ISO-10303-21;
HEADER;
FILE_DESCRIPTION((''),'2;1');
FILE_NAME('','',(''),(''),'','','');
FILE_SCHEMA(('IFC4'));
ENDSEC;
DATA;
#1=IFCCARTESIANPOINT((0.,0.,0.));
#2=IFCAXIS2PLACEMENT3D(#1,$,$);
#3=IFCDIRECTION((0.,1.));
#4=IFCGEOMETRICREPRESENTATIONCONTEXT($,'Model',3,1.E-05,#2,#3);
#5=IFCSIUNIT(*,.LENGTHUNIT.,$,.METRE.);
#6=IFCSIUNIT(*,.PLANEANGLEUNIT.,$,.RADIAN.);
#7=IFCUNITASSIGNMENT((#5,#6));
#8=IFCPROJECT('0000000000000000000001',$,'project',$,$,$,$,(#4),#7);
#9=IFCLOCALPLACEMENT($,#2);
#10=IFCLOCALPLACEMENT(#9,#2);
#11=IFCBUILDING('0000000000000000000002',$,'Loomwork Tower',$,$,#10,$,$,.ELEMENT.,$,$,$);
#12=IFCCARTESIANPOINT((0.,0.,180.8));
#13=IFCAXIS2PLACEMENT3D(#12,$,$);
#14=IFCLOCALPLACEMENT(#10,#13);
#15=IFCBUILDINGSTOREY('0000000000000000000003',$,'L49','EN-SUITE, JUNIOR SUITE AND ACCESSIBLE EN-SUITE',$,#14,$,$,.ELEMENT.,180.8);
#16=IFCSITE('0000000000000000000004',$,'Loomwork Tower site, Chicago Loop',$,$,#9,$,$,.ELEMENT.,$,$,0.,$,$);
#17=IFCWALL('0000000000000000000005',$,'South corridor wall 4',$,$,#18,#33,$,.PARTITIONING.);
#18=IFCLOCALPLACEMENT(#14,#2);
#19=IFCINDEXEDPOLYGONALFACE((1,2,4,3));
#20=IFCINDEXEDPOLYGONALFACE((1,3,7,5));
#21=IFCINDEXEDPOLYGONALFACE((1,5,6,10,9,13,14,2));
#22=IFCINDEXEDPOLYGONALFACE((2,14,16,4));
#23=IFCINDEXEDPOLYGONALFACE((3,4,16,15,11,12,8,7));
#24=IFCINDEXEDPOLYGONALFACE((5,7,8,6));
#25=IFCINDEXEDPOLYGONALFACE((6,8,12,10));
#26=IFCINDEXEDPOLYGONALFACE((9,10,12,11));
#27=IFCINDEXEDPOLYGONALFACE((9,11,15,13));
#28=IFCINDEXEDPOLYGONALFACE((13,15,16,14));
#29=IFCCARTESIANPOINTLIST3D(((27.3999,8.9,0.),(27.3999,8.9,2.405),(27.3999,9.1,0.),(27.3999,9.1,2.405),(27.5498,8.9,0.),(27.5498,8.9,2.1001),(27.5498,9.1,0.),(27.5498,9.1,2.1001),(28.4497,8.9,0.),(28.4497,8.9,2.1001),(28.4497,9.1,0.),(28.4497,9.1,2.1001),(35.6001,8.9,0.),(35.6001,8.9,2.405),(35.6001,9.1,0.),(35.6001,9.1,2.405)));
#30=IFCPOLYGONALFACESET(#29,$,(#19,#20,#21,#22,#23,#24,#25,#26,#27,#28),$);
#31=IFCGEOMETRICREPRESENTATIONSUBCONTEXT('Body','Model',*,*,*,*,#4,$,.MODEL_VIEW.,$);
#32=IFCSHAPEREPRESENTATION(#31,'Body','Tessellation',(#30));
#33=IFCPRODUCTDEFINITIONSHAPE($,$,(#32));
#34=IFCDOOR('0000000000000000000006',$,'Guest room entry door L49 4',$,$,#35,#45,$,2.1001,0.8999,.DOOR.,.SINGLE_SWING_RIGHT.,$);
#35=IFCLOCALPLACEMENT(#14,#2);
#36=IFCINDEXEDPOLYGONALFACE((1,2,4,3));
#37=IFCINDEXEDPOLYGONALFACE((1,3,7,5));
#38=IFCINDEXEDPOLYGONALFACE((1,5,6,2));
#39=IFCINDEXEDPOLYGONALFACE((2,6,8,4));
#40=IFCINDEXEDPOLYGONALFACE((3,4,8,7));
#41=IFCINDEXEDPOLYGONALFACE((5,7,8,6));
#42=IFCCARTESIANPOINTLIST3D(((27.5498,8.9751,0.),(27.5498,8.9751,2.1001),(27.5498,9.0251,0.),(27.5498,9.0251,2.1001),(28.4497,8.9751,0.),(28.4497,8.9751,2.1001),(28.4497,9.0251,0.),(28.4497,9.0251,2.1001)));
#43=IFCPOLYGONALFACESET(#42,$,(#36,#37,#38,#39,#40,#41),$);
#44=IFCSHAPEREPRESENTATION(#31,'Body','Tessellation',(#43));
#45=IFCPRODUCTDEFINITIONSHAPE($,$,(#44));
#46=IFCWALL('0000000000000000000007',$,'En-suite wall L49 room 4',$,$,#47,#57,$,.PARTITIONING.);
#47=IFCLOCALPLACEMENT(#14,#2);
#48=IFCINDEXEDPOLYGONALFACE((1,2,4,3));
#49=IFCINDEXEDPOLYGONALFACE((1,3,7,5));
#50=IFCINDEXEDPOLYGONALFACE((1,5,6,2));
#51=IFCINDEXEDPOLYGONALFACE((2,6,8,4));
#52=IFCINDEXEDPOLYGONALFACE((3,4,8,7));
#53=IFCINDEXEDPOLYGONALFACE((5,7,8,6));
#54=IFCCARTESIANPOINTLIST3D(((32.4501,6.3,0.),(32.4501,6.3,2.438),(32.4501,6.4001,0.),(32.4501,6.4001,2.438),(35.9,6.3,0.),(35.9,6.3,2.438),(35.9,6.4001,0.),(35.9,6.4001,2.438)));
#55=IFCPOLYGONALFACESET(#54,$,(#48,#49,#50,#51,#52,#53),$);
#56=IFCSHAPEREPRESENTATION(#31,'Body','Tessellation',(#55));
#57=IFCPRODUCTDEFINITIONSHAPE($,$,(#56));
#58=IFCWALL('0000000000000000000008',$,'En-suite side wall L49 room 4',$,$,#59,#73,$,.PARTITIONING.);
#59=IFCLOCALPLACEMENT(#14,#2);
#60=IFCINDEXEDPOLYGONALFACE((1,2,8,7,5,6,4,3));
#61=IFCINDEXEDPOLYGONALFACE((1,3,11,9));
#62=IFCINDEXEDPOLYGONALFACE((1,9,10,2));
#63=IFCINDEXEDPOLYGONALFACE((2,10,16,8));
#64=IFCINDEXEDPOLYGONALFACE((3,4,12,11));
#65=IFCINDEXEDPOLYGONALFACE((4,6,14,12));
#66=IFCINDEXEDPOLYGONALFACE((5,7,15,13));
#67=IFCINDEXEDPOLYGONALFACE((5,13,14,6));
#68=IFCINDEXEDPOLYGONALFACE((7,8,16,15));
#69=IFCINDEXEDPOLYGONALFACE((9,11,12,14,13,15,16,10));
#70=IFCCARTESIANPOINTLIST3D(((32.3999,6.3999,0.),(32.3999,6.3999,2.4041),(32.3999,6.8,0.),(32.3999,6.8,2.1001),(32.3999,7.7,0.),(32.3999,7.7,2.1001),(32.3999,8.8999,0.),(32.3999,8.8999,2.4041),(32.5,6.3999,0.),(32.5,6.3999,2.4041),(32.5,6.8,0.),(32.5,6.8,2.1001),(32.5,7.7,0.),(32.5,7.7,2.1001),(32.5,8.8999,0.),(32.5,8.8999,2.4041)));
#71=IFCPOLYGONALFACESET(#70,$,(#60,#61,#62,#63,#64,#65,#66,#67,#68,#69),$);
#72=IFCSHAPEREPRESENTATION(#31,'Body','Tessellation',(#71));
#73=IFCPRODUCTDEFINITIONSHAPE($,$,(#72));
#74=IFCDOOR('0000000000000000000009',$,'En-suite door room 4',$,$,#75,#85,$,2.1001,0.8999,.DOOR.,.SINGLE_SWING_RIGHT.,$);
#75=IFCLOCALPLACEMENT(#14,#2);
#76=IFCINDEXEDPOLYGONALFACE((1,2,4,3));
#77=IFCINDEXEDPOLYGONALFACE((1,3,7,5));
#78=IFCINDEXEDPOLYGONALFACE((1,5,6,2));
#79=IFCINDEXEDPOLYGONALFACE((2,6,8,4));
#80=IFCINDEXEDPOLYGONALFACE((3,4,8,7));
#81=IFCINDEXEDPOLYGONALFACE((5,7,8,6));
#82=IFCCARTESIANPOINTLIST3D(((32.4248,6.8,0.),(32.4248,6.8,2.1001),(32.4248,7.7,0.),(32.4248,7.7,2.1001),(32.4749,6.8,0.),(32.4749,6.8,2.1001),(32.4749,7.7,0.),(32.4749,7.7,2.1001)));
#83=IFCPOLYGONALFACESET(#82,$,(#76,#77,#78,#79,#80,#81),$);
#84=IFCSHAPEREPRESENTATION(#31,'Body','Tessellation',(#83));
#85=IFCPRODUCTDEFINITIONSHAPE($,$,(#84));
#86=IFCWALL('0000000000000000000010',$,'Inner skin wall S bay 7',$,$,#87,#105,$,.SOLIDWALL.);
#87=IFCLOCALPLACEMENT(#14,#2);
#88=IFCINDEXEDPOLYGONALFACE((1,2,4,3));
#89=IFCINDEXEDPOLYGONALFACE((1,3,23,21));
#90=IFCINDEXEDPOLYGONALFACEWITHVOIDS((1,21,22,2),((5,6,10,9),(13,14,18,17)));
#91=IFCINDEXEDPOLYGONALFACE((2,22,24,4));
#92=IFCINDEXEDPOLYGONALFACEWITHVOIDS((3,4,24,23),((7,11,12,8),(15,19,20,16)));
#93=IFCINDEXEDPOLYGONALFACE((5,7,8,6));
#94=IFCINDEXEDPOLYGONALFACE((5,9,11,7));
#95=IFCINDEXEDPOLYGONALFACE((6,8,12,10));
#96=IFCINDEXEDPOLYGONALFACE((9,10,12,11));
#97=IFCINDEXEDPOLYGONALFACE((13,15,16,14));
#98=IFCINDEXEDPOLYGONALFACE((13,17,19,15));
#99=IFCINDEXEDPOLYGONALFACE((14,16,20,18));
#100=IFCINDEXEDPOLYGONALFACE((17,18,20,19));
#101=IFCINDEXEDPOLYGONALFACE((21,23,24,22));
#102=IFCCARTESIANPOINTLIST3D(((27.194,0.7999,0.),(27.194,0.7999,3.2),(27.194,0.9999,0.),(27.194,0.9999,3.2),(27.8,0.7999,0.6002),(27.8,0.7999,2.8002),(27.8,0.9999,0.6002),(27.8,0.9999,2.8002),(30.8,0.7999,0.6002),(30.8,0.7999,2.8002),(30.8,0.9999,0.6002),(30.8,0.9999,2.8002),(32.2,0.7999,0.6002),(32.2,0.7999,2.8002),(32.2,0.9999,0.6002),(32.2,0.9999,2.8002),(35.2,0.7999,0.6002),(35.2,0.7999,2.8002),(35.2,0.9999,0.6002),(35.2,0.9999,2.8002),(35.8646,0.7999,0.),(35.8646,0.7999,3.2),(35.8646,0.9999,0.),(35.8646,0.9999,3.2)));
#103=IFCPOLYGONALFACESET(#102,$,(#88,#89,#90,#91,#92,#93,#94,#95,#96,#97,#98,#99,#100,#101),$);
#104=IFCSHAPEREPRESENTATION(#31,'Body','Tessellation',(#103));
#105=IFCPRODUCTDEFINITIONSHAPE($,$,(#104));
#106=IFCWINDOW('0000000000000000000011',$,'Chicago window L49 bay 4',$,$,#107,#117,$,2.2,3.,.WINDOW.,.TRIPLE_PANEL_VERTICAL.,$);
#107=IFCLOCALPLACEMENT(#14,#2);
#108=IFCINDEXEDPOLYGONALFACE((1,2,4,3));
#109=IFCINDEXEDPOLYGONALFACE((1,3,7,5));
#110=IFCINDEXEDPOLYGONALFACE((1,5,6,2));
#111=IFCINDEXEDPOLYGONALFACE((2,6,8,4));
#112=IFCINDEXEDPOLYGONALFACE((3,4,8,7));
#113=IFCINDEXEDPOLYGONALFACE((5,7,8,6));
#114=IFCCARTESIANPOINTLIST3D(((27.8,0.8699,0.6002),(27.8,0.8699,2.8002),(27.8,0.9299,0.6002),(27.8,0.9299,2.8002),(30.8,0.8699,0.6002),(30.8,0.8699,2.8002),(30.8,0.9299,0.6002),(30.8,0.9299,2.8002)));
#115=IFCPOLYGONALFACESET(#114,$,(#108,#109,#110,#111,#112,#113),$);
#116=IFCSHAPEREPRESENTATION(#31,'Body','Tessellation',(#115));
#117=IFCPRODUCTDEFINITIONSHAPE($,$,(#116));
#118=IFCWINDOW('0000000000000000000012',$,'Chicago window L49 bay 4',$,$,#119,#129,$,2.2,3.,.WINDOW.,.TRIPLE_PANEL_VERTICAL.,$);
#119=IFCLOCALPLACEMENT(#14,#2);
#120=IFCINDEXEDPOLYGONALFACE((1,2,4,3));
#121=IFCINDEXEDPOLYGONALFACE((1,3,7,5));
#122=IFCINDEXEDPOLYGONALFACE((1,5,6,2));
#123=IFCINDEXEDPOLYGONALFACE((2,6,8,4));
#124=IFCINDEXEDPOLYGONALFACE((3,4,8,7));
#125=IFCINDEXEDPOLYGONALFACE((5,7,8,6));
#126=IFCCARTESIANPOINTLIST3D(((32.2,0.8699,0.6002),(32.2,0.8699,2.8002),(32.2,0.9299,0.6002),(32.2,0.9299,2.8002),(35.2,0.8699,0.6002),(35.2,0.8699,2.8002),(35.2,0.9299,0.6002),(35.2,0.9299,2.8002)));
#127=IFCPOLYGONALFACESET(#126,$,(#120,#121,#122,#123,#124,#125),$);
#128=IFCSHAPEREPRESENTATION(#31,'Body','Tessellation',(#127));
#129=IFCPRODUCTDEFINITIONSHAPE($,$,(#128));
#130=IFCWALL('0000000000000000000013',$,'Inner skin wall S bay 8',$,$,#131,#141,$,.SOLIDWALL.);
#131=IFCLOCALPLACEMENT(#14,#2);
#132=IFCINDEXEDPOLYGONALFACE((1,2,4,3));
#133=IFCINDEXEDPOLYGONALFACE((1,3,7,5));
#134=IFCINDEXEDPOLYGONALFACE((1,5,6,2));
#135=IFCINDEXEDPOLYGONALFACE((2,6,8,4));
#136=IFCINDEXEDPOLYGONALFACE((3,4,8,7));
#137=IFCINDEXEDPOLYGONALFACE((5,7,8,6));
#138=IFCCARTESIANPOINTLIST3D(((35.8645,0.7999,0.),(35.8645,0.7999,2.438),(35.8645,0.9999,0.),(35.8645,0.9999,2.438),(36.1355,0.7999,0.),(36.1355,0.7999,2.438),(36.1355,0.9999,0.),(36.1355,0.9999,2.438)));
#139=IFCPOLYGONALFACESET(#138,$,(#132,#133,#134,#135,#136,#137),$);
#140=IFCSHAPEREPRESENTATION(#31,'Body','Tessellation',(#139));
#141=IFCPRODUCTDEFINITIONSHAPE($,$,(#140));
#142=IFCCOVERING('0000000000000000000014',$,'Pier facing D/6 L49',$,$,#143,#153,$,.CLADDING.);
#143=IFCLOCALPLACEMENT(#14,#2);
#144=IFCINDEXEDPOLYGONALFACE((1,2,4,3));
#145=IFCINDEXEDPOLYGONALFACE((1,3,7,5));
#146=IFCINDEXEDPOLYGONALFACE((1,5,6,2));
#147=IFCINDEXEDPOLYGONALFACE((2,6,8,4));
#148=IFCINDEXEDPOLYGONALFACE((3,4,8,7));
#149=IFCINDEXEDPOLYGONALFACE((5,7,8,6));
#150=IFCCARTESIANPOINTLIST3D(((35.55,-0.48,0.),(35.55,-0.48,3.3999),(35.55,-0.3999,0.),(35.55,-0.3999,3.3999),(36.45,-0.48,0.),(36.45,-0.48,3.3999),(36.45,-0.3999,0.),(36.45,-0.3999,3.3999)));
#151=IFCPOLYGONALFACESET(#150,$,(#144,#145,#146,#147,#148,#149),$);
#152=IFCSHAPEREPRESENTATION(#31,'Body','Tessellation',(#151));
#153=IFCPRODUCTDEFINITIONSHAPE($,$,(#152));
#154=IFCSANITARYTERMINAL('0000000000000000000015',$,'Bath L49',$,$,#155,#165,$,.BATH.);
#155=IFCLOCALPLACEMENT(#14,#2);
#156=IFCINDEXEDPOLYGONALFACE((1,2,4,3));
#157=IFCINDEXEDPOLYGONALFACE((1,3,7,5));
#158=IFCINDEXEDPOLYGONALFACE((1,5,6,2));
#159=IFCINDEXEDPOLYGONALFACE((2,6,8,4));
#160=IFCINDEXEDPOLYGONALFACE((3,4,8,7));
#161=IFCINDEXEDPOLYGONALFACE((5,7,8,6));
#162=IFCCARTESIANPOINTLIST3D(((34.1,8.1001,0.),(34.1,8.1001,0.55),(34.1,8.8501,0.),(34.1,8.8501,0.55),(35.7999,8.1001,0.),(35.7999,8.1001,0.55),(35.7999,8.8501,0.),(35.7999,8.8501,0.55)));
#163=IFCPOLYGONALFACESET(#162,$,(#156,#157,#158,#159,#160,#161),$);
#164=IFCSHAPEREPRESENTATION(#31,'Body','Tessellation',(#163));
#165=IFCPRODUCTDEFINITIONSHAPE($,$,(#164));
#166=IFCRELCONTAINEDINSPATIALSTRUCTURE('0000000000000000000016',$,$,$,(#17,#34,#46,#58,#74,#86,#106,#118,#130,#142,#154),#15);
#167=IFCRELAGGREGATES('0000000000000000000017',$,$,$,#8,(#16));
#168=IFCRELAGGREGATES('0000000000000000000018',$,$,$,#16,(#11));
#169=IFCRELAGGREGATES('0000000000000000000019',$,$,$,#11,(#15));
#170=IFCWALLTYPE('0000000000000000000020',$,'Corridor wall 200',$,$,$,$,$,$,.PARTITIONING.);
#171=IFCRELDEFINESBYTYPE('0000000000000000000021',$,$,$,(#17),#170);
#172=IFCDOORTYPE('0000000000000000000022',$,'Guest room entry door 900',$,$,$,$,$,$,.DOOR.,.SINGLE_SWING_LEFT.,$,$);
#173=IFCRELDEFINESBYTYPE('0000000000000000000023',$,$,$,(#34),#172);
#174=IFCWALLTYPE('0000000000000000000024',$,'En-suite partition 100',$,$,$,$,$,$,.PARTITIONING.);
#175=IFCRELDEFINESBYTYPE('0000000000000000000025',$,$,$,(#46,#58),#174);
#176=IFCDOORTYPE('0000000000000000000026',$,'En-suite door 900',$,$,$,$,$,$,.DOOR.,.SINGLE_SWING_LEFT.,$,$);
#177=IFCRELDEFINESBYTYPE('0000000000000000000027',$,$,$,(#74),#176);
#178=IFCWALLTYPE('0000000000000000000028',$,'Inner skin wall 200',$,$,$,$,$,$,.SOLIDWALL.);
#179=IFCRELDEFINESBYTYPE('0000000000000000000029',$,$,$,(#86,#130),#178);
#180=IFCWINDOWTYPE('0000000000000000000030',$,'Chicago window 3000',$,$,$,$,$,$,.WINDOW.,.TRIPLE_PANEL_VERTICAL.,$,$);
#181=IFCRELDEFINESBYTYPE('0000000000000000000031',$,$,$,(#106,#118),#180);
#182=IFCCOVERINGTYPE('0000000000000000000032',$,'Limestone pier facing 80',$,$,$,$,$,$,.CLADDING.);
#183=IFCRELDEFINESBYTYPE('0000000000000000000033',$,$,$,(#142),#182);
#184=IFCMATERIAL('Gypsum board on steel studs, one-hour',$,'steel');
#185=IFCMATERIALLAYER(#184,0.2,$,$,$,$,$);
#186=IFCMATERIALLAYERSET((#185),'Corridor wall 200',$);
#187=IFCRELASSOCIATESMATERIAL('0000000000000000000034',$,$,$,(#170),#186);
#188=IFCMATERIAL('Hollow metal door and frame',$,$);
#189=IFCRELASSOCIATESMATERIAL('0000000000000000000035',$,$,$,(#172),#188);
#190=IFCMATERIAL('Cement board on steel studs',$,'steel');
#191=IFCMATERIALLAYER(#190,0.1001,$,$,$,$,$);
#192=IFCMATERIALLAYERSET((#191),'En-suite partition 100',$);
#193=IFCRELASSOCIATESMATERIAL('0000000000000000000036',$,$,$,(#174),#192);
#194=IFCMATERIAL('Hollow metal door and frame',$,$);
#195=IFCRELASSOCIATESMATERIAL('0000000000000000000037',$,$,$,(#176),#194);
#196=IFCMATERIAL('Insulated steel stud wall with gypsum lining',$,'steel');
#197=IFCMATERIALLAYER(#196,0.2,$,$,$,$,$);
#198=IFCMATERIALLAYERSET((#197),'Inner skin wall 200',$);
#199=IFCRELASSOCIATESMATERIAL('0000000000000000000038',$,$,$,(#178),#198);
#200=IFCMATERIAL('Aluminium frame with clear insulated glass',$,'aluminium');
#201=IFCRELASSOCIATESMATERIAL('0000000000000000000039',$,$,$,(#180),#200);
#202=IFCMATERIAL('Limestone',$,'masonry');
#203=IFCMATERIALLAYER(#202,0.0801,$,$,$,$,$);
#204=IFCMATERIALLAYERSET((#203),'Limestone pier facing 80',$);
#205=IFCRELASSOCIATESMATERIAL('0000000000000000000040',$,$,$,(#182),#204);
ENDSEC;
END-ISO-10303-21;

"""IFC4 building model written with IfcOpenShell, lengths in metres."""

from ifc_helpers import new_model, si_unit, direction, frame, frame_2d, origin, origin_2d, place, context, subcontext, project, spatial, rectangle, extrude, material, layer, layer_set, type_object, element, fill, save


model = new_model("IFC4")

# Units and contexts
model_context = context("Model", 3, precision=1e-05, world=origin(), true_north=direction((0.0, 1.0)))
body_context = subcontext(model_context, "Body", "Model", "MODEL_VIEW")
ifc_project = project(units=[si_unit("LENGTHUNIT", "METRE"), si_unit("PLANEANGLEUNIT", "RADIAN")], contexts=[model_context])

# Site, building, storey
site_placement = place(None, origin())
site = spatial("IfcSite", under=ifc_project, at=site_placement, Name="Loomwork Tower site, Chicago Loop", CompositionType="ELEMENT", RefElevation=0.0)
building_placement = place(site_placement, origin())
building = spatial("IfcBuilding", under=site, at=building_placement, Name="Loomwork Tower", CompositionType="ELEMENT")
storey_placement = place(building_placement, frame((0.0, 0.0, 180.8)))
storey = spatial("IfcBuildingStorey", under=building, at=storey_placement, Name="L49", Description="EN-SUITE, JUNIOR SUITE AND ACCESSIBLE EN-SUITE", CompositionType="ELEMENT", Elevation=180.8)

# Wall, opening, door
ifc_material_1 = material(Name="Gypsum board on steel studs, one-hour", Category="steel")
ifc_layer_1 = layer(ifc_material_1, 0.2)
ifc_layer_set_1 = layer_set([ifc_layer_1], Name="Corridor wall 200")
wall_type_1 = type_object("IfcWallType", Name="Corridor wall 200", PredefinedType="PARTITIONING", material=ifc_layer_set_1)
wall_1_placement = place(storey_placement, frame((27.3999, 9.0, 0.0), z_axis=(0.0, 0.0, 1.0), x_axis=(1.0, 0.0, 0.0)))
wall_1 = element("IfcWall", 1, at=wall_1_placement, inside=storey, type_object=wall_type_1, Name="South corridor wall 4", PredefinedType="PARTITIONING", context=body_context, shape_type="SweptSolid", body=[
    extrude(rectangle(XDim=8.2002, YDim=0.2, at=frame_2d((4.1001, 0.0))), origin(), (0.0, 0.0, 1.0), 2.405),
])
opening_1_placement = place(wall_1_placement, frame((0.1499, 0.0, 0.0)))
opening_1 = element("IfcOpeningElement", 2, at=opening_1_placement, cuts=wall_1, PredefinedType="OPENING", context=body_context, shape_type="SweptSolid", body=[
    extrude(rectangle(XDim=0.8999, YDim=2.1001, at=frame_2d((0.45, 1.05))), frame((0.0, 0.1099, 0.0), z_axis=(0.0, -1.0, 0.0), x_axis=(1.0, 0.0, 0.0)), (0.0, 0.0, 1.0), 0.22),
])
ifc_material_2 = material(Name="Hollow metal door and frame")
door_type_1 = type_object("IfcDoorType", Name="Guest room entry door 900", OperationType="SINGLE_SWING_LEFT", PredefinedType="DOOR", material=ifc_material_2)
door_1_placement = place(opening_1_placement, frame((0.8999, 0.0, 0.0), z_axis=(0.0, 0.0, 1.0), x_axis=(-1.0, 0.0, 0.0)))
door_1 = element("IfcDoor", 3, at=door_1_placement, inside=storey, type_object=door_type_1, Name="Guest room entry door L49 4", OperationType="SINGLE_SWING_RIGHT", OverallHeight=2.1001, OverallWidth=0.8999, PredefinedType="DOOR", context=body_context, shape_type="SweptSolid", body=[
    extrude(rectangle(XDim=0.8999, YDim=2.1001, at=frame_2d((0.45, 1.05))), frame((0.0, 0.0249, 0.0), z_axis=(0.0, -1.0, 0.0), x_axis=(1.0, 0.0, 0.0)), (0.0, 0.0, 1.0), 0.05),
])
fill(opening_1, door_1)

# Wall
ifc_material_3 = material(Name="Cement board on steel studs", Category="steel")
ifc_layer_2 = layer(ifc_material_3, 0.1001)
ifc_layer_set_2 = layer_set([ifc_layer_2], Name="En-suite partition 100")
wall_type_2 = type_object("IfcWallType", Name="En-suite partition 100", PredefinedType="PARTITIONING", material=ifc_layer_set_2)
wall_2_placement = place(storey_placement, frame((32.45, 6.3501, 0.0), z_axis=(0.0, 0.0, 1.0), x_axis=(1.0, 0.0, 0.0)))
element("IfcWall", 4, at=wall_2_placement, inside=storey, type_object=wall_type_2, Name="En-suite wall L49 room 4", PredefinedType="PARTITIONING", context=body_context, shape_type="SweptSolid", body=[
    extrude(rectangle(XDim=3.45, YDim=0.1001, at=frame_2d((1.7251, 0.0))), origin(), (0.0, 0.0, 1.0), 2.438),
])

# Wall, opening, door
wall_3_placement = place(storey_placement, frame((32.45, 8.8999, 0.0), z_axis=(0.0, 0.0, 1.0), x_axis=(0.0, -1.0, 0.0)))
wall_3 = element("IfcWall", 5, at=wall_3_placement, inside=storey, type_object=wall_type_2, Name="En-suite side wall L49 room 4", PredefinedType="PARTITIONING", context=body_context, shape_type="SweptSolid", body=[
    extrude(rectangle(XDim=2.5, YDim=0.1001, at=frame_2d((1.25, 0.0))), origin(), (0.0, 0.0, 1.0), 2.4041),
])
opening_2_placement = place(wall_3_placement, frame((1.2, 0.0, 0.0)))
opening_2 = element("IfcOpeningElement", 6, at=opening_2_placement, cuts=wall_3, PredefinedType="OPENING", context=body_context, shape_type="SweptSolid", body=[
    extrude(rectangle(XDim=0.8999, YDim=2.1001, at=frame_2d((0.45, 1.05))), frame((0.0, 0.0601, 0.0), z_axis=(0.0, -1.0, 0.0), x_axis=(1.0, 0.0, 0.0)), (0.0, 0.0, 1.0), 0.1201),
])
ifc_material_4 = material(Name="Hollow metal door and frame")
door_type_2 = type_object("IfcDoorType", Name="En-suite door 900", OperationType="SINGLE_SWING_LEFT", PredefinedType="DOOR", material=ifc_material_4)
door_2_placement = place(opening_2_placement, origin())
door_2 = element("IfcDoor", 7, at=door_2_placement, inside=storey, type_object=door_type_2, Name="En-suite door room 4", OperationType="SINGLE_SWING_RIGHT", OverallHeight=2.1001, OverallWidth=0.8999, PredefinedType="DOOR", context=body_context, shape_type="SweptSolid", body=[
    extrude(rectangle(XDim=0.8999, YDim=2.1001, at=frame_2d((0.45, 1.05))), frame((0.0, 0.0249, 0.0), z_axis=(0.0, -1.0, 0.0), x_axis=(1.0, 0.0, 0.0)), (0.0, 0.0, 1.0), 0.05),
])
fill(opening_2, door_2)

# Wall, openings, windows
ifc_material_5 = material(Name="Insulated steel stud wall with gypsum lining", Category="steel")
ifc_layer_3 = layer(ifc_material_5, 0.2)
ifc_layer_set_3 = layer_set([ifc_layer_3], Name="Inner skin wall 200")
wall_type_3 = type_object("IfcWallType", Name="Inner skin wall 200", PredefinedType="SOLIDWALL", material=ifc_layer_set_3)
wall_4_placement = place(storey_placement, frame((27.1938, 0.8999, 0.0), z_axis=(0.0, 0.0, 1.0), x_axis=(1.0, 0.0, 0.0)))
wall_4 = element("IfcWall", 8, at=wall_4_placement, inside=storey, type_object=wall_type_3, Name="Inner skin wall S bay 7", PredefinedType="SOLIDWALL", context=body_context, shape_type="SweptSolid", body=[
    extrude(rectangle(XDim=8.6707, YDim=0.2, at=frame_2d((4.3354, 0.0))), origin(), (0.0, 0.0, 1.0), 3.2),
])
opening_3_placement = place(wall_4_placement, frame((0.6062, 0.0, 0.6001)))
opening_3 = element("IfcOpeningElement", 9, at=opening_3_placement, cuts=wall_4, PredefinedType="OPENING", context=body_context, shape_type="SweptSolid", body=[
    extrude(rectangle(XDim=3.0, YDim=2.2, at=frame_2d((1.5, 1.1001))), frame((0.0, 0.1099, 0.0), z_axis=(0.0, -1.0, 0.0), x_axis=(1.0, 0.0, 0.0)), (0.0, 0.0, 1.0), 0.22),
])
opening_4_placement = place(wall_4_placement, frame((5.0061, 0.0, 0.6001)))
opening_4 = element("IfcOpeningElement", 10, at=opening_4_placement, cuts=wall_4, PredefinedType="OPENING", context=body_context, shape_type="SweptSolid", body=[
    extrude(rectangle(XDim=3.0, YDim=2.2, at=frame_2d((1.5, 1.1001))), frame((0.0, 0.1099, 0.0), z_axis=(0.0, -1.0, 0.0), x_axis=(1.0, 0.0, 0.0)), (0.0, 0.0, 1.0), 0.22),
])
ifc_material_6 = material(Name="Aluminium frame with clear insulated glass", Category="aluminium")
window_type = type_object("IfcWindowType", Name="Chicago window 3000", PartitioningType="TRIPLE_PANEL_VERTICAL", PredefinedType="WINDOW", material=ifc_material_6)
window_1_placement = place(opening_3_placement, origin())
window_1 = element("IfcWindow", 11, at=window_1_placement, inside=storey, type_object=window_type, Name="Chicago window L49 bay 4", OverallHeight=2.2, OverallWidth=3.0, PartitioningType="TRIPLE_PANEL_VERTICAL", PredefinedType="WINDOW", context=body_context, shape_type="SweptSolid", body=[
    extrude(rectangle(XDim=3.0, YDim=2.2, at=frame_2d((1.5, 1.1001))), frame((0.0, 0.03, 0.0), z_axis=(0.0, -1.0, 0.0), x_axis=(1.0, 0.0, 0.0)), (0.0, 0.0, 1.0), 0.0601),
])
fill(opening_3, window_1)
window_2_placement = place(opening_4_placement, origin())
window_2 = element("IfcWindow", 12, at=window_2_placement, inside=storey, type_object=window_type, Name="Chicago window L49 bay 4", OverallHeight=2.2, OverallWidth=3.0, PartitioningType="TRIPLE_PANEL_VERTICAL", PredefinedType="WINDOW", context=body_context, shape_type="SweptSolid", body=[
    extrude(rectangle(XDim=3.0, YDim=2.2, at=frame_2d((1.5, 1.1001))), frame((0.0, 0.03, 0.0), z_axis=(0.0, -1.0, 0.0), x_axis=(1.0, 0.0, 0.0)), (0.0, 0.0, 1.0), 0.0601),
])
fill(opening_4, window_2)

# Wall
wall_5_placement = place(storey_placement, frame((35.8645, 0.8999, 0.0), z_axis=(0.0, 0.0, 1.0), x_axis=(1.0, 0.0, 0.0)))
element("IfcWall", 13, at=wall_5_placement, inside=storey, type_object=wall_type_3, Name="Inner skin wall S bay 8", PredefinedType="SOLIDWALL", context=body_context, shape_type="SweptSolid", body=[
    extrude(rectangle(XDim=0.271, YDim=0.2, at=frame_2d((0.1355, 0.0))), origin(), (0.0, 0.0, 1.0), 2.438),
])

# Covering
ifc_material_7 = material(Name="Limestone", Category="masonry")
ifc_layer_4 = layer(ifc_material_7, 0.0801)
ifc_layer_set_4 = layer_set([ifc_layer_4], Name="Limestone pier facing 80")
covering_type = type_object("IfcCoveringType", Name="Limestone pier facing 80", PredefinedType="CLADDING", material=ifc_layer_set_4)
covering_placement = place(storey_placement, frame((36.0, -0.4399, 0.0), z_axis=(0.0, 0.0, 1.0), x_axis=(1.0, 0.0, 0.0)))
element("IfcCovering", 14, at=covering_placement, inside=storey, type_object=covering_type, Name="Pier facing D/6 L49", PredefinedType="CLADDING", context=body_context, shape_type="SweptSolid", body=[
    extrude(rectangle(XDim=0.8999, YDim=0.0801, at=origin_2d()), origin(), (0.0, 0.0, 1.0), 3.3999),
])

# Sanitary terminal
sanitary_terminal_1_placement = place(storey_placement, frame((34.95, 8.4751, 0.0), z_axis=(0.0, 0.0, 1.0), x_axis=(1.0, 0.0, 0.0)))
element("IfcSanitaryTerminal", 15, at=sanitary_terminal_1_placement, inside=storey, Name="Bath L49", PredefinedType="BATH", context=body_context, shape_type="SweptSolid", body=[
    extrude(rectangle(XDim=1.7, YDim=0.75, at=origin_2d()), origin(), (0.0, 0.0, 1.0), 0.55),
])

save(model, "model.ifc")
